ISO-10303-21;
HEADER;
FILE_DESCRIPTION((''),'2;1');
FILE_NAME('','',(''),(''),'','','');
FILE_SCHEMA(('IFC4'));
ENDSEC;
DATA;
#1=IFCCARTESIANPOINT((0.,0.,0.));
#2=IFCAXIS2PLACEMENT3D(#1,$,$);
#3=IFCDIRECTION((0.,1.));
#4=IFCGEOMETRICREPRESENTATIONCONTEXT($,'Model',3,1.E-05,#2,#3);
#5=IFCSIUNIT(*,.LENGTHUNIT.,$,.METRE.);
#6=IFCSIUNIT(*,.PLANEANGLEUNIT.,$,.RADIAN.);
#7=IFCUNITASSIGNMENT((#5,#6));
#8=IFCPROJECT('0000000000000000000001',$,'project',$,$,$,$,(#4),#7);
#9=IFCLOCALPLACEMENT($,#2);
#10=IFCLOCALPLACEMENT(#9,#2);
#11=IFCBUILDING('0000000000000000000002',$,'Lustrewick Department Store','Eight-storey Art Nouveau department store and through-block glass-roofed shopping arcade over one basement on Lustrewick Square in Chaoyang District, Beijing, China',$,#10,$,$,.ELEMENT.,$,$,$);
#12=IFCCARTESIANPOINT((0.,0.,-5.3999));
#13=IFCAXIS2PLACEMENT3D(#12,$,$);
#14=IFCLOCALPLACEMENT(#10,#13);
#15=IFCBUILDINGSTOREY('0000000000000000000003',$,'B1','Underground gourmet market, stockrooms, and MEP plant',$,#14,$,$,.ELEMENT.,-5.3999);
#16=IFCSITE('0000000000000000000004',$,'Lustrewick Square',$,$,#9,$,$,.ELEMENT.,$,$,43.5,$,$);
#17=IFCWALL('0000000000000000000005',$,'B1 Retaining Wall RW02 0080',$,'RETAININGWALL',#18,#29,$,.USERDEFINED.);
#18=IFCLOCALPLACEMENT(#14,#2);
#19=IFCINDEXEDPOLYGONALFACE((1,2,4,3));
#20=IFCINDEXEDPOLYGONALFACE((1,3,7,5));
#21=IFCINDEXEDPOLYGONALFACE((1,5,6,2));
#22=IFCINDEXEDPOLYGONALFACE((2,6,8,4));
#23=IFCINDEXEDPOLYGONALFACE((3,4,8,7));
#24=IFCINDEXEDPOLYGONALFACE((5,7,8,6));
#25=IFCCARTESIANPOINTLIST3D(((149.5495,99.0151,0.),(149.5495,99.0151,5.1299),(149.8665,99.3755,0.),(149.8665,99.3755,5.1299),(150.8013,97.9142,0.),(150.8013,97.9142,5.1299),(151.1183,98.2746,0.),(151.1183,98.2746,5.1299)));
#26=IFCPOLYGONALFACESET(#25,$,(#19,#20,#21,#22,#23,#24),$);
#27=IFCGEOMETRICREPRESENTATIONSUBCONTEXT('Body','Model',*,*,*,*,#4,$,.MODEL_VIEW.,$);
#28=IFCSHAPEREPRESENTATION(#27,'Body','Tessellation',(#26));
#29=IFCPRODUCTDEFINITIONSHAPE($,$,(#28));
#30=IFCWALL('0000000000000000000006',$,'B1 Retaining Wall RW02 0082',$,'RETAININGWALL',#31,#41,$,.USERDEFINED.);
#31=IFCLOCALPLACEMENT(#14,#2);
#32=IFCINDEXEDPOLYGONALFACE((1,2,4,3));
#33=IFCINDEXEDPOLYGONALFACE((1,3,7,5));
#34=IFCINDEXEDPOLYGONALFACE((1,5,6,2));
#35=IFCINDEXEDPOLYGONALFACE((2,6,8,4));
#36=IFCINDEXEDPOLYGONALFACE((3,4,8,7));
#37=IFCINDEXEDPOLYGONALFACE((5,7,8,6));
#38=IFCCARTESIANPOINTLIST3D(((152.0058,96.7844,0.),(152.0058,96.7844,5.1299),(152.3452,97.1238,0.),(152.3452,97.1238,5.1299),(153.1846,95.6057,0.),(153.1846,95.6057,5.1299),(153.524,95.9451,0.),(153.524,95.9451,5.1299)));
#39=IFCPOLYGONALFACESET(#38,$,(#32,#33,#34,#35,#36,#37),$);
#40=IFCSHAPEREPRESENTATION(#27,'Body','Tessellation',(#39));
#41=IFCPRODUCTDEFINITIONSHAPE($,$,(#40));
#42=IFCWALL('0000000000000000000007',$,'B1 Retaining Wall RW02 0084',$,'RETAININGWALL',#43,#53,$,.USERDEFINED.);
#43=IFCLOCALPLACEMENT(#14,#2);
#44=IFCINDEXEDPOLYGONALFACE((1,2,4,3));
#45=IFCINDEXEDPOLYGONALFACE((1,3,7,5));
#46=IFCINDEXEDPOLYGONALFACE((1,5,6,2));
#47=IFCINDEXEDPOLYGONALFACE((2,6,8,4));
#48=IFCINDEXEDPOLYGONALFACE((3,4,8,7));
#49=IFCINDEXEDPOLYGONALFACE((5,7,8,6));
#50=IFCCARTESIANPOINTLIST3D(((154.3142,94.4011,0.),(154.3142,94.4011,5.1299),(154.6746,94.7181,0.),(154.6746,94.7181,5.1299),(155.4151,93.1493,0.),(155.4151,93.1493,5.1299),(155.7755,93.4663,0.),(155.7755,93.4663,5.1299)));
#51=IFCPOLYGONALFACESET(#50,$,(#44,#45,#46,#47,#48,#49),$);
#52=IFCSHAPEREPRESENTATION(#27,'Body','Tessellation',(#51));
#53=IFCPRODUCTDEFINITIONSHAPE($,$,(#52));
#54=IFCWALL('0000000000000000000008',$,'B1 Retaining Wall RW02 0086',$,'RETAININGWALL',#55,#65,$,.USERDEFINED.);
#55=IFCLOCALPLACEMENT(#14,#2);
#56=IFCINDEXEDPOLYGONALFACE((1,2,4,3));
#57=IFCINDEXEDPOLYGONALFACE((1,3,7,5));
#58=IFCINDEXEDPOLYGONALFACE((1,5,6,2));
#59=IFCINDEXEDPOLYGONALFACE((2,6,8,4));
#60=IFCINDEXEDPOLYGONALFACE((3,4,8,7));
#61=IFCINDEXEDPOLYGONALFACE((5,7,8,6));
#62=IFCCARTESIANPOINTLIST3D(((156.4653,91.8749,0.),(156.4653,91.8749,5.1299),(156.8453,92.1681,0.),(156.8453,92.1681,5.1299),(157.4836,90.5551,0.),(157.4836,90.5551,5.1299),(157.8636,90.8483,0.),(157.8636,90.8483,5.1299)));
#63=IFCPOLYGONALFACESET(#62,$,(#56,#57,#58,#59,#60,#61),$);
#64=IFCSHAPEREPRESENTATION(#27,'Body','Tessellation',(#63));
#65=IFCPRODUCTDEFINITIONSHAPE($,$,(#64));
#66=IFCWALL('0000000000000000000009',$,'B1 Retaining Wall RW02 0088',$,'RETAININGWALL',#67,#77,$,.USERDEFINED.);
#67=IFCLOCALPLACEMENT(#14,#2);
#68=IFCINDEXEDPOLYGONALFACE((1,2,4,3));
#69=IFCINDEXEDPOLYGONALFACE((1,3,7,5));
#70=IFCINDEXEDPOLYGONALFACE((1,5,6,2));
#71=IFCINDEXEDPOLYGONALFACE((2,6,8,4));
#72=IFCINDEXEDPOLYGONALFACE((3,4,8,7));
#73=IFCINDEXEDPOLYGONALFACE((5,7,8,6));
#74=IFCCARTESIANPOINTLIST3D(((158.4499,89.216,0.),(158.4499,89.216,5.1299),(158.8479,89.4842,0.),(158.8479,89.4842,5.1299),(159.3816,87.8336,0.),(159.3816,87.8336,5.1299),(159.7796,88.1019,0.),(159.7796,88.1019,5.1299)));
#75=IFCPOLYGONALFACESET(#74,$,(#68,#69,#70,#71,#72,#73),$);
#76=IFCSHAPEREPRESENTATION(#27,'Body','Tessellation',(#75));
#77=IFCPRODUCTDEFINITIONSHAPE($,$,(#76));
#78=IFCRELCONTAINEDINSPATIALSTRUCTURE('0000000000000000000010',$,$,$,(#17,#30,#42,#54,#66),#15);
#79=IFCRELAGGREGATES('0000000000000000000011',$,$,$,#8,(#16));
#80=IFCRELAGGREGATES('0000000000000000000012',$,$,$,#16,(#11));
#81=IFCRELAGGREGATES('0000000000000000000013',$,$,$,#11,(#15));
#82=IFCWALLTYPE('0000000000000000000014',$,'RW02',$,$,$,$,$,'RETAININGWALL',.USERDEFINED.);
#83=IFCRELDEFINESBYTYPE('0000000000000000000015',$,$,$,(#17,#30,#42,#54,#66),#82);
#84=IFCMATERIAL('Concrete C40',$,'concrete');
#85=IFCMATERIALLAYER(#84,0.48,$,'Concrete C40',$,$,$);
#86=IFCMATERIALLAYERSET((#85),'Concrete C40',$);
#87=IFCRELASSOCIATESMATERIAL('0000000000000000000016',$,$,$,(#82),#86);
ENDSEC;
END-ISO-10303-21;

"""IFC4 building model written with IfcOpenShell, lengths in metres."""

from ifc_helpers import new_model, si_unit, direction, frame, frame_2d, origin, place, context, subcontext, project, spatial, rectangle, extrude, material, layer, layer_set, type_object, element, save


model = new_model("IFC4")

# Units and contexts
model_context = context("Model", 3, precision=1e-05, world=origin(), true_north=direction((0.0, 1.0)))
body_context = subcontext(model_context, "Body", "Model", "MODEL_VIEW")
ifc_project = project(units=[si_unit("LENGTHUNIT", "METRE"), si_unit("PLANEANGLEUNIT", "RADIAN")], contexts=[model_context])

# Site, building, storey
site_placement = place(None, origin())
site = spatial("IfcSite", under=ifc_project, at=site_placement, Name="Lustrewick Square", CompositionType="ELEMENT", RefElevation=43.5)
building_placement = place(site_placement, origin())
building = spatial("IfcBuilding", under=site, at=building_placement, Name="Lustrewick Department Store", Description="Eight-storey Art Nouveau department store and through-block glass-roofed shopping arcade over one basement on Lustrewick Square in Chaoyang District, Beijing, China", CompositionType="ELEMENT")
storey_placement = place(building_placement, frame((0.0, 0.0, -5.3999)))
storey = spatial("IfcBuildingStorey", under=building, at=storey_placement, Name="B1", Description="Underground gourmet market, stockrooms, and MEP plant", CompositionType="ELEMENT", Elevation=-5.3999)

# Shared definitions
ifc_material_1 = material(Name="Concrete C40", Category="concrete")

# Walls
ifc_layer_1 = layer(ifc_material_1, 0.48, Name="Concrete C40")
ifc_layer_set_1 = layer_set([ifc_layer_1], Name="Concrete C40")
wall_type_1 = type_object("IfcWallType", Name="RW02", ElementType="RETAININGWALL", PredefinedType="USERDEFINED", material=ifc_layer_set_1)
for number, where, z_axis, x_axis, name in (
    (1, (149.708, 99.1953, 0.0), (0.0, 0.0, 1.0), (0.750914, -0.6604, 0.0), "B1 Retaining Wall RW02 0080"),
    (2, (152.1755, 96.9541, 0.0), (0.0, 0.0, 1.0), (0.707107, -0.707107, 0.0), "B1 Retaining Wall RW02 0082"),
    (3, (154.4944, 94.5596, 0.0), (0.0, 0.0, 1.0), (0.6604, -0.750914, 0.0), "B1 Retaining Wall RW02 0084"),
    (4, (156.6553, 92.0215, 0.0), (0.0, 0.0, 1.0), (0.610864, -0.791736, 0.0), "B1 Retaining Wall RW02 0086"),
    (5, (158.6489, 89.3501, 0.0), (0.0, 0.0, 1.0), (0.558884, -0.829246, 0.0), "B1 Retaining Wall RW02 0088"),
):
    element("IfcWall", number, at=place(storey_placement, frame(where, z_axis=z_axis, x_axis=x_axis)), inside=storey, type_object=wall_type_1, Name=name, ObjectType="RETAININGWALL", PredefinedType="USERDEFINED", context=body_context, shape_type="SweptSolid", body=[
        extrude(rectangle(XDim=1.667, YDim=0.48, at=frame_2d((0.8335, 0.0))), origin(), (0.0, 0.0, 1.0), 5.1299),
    ])

save(model, "model.ifc")
